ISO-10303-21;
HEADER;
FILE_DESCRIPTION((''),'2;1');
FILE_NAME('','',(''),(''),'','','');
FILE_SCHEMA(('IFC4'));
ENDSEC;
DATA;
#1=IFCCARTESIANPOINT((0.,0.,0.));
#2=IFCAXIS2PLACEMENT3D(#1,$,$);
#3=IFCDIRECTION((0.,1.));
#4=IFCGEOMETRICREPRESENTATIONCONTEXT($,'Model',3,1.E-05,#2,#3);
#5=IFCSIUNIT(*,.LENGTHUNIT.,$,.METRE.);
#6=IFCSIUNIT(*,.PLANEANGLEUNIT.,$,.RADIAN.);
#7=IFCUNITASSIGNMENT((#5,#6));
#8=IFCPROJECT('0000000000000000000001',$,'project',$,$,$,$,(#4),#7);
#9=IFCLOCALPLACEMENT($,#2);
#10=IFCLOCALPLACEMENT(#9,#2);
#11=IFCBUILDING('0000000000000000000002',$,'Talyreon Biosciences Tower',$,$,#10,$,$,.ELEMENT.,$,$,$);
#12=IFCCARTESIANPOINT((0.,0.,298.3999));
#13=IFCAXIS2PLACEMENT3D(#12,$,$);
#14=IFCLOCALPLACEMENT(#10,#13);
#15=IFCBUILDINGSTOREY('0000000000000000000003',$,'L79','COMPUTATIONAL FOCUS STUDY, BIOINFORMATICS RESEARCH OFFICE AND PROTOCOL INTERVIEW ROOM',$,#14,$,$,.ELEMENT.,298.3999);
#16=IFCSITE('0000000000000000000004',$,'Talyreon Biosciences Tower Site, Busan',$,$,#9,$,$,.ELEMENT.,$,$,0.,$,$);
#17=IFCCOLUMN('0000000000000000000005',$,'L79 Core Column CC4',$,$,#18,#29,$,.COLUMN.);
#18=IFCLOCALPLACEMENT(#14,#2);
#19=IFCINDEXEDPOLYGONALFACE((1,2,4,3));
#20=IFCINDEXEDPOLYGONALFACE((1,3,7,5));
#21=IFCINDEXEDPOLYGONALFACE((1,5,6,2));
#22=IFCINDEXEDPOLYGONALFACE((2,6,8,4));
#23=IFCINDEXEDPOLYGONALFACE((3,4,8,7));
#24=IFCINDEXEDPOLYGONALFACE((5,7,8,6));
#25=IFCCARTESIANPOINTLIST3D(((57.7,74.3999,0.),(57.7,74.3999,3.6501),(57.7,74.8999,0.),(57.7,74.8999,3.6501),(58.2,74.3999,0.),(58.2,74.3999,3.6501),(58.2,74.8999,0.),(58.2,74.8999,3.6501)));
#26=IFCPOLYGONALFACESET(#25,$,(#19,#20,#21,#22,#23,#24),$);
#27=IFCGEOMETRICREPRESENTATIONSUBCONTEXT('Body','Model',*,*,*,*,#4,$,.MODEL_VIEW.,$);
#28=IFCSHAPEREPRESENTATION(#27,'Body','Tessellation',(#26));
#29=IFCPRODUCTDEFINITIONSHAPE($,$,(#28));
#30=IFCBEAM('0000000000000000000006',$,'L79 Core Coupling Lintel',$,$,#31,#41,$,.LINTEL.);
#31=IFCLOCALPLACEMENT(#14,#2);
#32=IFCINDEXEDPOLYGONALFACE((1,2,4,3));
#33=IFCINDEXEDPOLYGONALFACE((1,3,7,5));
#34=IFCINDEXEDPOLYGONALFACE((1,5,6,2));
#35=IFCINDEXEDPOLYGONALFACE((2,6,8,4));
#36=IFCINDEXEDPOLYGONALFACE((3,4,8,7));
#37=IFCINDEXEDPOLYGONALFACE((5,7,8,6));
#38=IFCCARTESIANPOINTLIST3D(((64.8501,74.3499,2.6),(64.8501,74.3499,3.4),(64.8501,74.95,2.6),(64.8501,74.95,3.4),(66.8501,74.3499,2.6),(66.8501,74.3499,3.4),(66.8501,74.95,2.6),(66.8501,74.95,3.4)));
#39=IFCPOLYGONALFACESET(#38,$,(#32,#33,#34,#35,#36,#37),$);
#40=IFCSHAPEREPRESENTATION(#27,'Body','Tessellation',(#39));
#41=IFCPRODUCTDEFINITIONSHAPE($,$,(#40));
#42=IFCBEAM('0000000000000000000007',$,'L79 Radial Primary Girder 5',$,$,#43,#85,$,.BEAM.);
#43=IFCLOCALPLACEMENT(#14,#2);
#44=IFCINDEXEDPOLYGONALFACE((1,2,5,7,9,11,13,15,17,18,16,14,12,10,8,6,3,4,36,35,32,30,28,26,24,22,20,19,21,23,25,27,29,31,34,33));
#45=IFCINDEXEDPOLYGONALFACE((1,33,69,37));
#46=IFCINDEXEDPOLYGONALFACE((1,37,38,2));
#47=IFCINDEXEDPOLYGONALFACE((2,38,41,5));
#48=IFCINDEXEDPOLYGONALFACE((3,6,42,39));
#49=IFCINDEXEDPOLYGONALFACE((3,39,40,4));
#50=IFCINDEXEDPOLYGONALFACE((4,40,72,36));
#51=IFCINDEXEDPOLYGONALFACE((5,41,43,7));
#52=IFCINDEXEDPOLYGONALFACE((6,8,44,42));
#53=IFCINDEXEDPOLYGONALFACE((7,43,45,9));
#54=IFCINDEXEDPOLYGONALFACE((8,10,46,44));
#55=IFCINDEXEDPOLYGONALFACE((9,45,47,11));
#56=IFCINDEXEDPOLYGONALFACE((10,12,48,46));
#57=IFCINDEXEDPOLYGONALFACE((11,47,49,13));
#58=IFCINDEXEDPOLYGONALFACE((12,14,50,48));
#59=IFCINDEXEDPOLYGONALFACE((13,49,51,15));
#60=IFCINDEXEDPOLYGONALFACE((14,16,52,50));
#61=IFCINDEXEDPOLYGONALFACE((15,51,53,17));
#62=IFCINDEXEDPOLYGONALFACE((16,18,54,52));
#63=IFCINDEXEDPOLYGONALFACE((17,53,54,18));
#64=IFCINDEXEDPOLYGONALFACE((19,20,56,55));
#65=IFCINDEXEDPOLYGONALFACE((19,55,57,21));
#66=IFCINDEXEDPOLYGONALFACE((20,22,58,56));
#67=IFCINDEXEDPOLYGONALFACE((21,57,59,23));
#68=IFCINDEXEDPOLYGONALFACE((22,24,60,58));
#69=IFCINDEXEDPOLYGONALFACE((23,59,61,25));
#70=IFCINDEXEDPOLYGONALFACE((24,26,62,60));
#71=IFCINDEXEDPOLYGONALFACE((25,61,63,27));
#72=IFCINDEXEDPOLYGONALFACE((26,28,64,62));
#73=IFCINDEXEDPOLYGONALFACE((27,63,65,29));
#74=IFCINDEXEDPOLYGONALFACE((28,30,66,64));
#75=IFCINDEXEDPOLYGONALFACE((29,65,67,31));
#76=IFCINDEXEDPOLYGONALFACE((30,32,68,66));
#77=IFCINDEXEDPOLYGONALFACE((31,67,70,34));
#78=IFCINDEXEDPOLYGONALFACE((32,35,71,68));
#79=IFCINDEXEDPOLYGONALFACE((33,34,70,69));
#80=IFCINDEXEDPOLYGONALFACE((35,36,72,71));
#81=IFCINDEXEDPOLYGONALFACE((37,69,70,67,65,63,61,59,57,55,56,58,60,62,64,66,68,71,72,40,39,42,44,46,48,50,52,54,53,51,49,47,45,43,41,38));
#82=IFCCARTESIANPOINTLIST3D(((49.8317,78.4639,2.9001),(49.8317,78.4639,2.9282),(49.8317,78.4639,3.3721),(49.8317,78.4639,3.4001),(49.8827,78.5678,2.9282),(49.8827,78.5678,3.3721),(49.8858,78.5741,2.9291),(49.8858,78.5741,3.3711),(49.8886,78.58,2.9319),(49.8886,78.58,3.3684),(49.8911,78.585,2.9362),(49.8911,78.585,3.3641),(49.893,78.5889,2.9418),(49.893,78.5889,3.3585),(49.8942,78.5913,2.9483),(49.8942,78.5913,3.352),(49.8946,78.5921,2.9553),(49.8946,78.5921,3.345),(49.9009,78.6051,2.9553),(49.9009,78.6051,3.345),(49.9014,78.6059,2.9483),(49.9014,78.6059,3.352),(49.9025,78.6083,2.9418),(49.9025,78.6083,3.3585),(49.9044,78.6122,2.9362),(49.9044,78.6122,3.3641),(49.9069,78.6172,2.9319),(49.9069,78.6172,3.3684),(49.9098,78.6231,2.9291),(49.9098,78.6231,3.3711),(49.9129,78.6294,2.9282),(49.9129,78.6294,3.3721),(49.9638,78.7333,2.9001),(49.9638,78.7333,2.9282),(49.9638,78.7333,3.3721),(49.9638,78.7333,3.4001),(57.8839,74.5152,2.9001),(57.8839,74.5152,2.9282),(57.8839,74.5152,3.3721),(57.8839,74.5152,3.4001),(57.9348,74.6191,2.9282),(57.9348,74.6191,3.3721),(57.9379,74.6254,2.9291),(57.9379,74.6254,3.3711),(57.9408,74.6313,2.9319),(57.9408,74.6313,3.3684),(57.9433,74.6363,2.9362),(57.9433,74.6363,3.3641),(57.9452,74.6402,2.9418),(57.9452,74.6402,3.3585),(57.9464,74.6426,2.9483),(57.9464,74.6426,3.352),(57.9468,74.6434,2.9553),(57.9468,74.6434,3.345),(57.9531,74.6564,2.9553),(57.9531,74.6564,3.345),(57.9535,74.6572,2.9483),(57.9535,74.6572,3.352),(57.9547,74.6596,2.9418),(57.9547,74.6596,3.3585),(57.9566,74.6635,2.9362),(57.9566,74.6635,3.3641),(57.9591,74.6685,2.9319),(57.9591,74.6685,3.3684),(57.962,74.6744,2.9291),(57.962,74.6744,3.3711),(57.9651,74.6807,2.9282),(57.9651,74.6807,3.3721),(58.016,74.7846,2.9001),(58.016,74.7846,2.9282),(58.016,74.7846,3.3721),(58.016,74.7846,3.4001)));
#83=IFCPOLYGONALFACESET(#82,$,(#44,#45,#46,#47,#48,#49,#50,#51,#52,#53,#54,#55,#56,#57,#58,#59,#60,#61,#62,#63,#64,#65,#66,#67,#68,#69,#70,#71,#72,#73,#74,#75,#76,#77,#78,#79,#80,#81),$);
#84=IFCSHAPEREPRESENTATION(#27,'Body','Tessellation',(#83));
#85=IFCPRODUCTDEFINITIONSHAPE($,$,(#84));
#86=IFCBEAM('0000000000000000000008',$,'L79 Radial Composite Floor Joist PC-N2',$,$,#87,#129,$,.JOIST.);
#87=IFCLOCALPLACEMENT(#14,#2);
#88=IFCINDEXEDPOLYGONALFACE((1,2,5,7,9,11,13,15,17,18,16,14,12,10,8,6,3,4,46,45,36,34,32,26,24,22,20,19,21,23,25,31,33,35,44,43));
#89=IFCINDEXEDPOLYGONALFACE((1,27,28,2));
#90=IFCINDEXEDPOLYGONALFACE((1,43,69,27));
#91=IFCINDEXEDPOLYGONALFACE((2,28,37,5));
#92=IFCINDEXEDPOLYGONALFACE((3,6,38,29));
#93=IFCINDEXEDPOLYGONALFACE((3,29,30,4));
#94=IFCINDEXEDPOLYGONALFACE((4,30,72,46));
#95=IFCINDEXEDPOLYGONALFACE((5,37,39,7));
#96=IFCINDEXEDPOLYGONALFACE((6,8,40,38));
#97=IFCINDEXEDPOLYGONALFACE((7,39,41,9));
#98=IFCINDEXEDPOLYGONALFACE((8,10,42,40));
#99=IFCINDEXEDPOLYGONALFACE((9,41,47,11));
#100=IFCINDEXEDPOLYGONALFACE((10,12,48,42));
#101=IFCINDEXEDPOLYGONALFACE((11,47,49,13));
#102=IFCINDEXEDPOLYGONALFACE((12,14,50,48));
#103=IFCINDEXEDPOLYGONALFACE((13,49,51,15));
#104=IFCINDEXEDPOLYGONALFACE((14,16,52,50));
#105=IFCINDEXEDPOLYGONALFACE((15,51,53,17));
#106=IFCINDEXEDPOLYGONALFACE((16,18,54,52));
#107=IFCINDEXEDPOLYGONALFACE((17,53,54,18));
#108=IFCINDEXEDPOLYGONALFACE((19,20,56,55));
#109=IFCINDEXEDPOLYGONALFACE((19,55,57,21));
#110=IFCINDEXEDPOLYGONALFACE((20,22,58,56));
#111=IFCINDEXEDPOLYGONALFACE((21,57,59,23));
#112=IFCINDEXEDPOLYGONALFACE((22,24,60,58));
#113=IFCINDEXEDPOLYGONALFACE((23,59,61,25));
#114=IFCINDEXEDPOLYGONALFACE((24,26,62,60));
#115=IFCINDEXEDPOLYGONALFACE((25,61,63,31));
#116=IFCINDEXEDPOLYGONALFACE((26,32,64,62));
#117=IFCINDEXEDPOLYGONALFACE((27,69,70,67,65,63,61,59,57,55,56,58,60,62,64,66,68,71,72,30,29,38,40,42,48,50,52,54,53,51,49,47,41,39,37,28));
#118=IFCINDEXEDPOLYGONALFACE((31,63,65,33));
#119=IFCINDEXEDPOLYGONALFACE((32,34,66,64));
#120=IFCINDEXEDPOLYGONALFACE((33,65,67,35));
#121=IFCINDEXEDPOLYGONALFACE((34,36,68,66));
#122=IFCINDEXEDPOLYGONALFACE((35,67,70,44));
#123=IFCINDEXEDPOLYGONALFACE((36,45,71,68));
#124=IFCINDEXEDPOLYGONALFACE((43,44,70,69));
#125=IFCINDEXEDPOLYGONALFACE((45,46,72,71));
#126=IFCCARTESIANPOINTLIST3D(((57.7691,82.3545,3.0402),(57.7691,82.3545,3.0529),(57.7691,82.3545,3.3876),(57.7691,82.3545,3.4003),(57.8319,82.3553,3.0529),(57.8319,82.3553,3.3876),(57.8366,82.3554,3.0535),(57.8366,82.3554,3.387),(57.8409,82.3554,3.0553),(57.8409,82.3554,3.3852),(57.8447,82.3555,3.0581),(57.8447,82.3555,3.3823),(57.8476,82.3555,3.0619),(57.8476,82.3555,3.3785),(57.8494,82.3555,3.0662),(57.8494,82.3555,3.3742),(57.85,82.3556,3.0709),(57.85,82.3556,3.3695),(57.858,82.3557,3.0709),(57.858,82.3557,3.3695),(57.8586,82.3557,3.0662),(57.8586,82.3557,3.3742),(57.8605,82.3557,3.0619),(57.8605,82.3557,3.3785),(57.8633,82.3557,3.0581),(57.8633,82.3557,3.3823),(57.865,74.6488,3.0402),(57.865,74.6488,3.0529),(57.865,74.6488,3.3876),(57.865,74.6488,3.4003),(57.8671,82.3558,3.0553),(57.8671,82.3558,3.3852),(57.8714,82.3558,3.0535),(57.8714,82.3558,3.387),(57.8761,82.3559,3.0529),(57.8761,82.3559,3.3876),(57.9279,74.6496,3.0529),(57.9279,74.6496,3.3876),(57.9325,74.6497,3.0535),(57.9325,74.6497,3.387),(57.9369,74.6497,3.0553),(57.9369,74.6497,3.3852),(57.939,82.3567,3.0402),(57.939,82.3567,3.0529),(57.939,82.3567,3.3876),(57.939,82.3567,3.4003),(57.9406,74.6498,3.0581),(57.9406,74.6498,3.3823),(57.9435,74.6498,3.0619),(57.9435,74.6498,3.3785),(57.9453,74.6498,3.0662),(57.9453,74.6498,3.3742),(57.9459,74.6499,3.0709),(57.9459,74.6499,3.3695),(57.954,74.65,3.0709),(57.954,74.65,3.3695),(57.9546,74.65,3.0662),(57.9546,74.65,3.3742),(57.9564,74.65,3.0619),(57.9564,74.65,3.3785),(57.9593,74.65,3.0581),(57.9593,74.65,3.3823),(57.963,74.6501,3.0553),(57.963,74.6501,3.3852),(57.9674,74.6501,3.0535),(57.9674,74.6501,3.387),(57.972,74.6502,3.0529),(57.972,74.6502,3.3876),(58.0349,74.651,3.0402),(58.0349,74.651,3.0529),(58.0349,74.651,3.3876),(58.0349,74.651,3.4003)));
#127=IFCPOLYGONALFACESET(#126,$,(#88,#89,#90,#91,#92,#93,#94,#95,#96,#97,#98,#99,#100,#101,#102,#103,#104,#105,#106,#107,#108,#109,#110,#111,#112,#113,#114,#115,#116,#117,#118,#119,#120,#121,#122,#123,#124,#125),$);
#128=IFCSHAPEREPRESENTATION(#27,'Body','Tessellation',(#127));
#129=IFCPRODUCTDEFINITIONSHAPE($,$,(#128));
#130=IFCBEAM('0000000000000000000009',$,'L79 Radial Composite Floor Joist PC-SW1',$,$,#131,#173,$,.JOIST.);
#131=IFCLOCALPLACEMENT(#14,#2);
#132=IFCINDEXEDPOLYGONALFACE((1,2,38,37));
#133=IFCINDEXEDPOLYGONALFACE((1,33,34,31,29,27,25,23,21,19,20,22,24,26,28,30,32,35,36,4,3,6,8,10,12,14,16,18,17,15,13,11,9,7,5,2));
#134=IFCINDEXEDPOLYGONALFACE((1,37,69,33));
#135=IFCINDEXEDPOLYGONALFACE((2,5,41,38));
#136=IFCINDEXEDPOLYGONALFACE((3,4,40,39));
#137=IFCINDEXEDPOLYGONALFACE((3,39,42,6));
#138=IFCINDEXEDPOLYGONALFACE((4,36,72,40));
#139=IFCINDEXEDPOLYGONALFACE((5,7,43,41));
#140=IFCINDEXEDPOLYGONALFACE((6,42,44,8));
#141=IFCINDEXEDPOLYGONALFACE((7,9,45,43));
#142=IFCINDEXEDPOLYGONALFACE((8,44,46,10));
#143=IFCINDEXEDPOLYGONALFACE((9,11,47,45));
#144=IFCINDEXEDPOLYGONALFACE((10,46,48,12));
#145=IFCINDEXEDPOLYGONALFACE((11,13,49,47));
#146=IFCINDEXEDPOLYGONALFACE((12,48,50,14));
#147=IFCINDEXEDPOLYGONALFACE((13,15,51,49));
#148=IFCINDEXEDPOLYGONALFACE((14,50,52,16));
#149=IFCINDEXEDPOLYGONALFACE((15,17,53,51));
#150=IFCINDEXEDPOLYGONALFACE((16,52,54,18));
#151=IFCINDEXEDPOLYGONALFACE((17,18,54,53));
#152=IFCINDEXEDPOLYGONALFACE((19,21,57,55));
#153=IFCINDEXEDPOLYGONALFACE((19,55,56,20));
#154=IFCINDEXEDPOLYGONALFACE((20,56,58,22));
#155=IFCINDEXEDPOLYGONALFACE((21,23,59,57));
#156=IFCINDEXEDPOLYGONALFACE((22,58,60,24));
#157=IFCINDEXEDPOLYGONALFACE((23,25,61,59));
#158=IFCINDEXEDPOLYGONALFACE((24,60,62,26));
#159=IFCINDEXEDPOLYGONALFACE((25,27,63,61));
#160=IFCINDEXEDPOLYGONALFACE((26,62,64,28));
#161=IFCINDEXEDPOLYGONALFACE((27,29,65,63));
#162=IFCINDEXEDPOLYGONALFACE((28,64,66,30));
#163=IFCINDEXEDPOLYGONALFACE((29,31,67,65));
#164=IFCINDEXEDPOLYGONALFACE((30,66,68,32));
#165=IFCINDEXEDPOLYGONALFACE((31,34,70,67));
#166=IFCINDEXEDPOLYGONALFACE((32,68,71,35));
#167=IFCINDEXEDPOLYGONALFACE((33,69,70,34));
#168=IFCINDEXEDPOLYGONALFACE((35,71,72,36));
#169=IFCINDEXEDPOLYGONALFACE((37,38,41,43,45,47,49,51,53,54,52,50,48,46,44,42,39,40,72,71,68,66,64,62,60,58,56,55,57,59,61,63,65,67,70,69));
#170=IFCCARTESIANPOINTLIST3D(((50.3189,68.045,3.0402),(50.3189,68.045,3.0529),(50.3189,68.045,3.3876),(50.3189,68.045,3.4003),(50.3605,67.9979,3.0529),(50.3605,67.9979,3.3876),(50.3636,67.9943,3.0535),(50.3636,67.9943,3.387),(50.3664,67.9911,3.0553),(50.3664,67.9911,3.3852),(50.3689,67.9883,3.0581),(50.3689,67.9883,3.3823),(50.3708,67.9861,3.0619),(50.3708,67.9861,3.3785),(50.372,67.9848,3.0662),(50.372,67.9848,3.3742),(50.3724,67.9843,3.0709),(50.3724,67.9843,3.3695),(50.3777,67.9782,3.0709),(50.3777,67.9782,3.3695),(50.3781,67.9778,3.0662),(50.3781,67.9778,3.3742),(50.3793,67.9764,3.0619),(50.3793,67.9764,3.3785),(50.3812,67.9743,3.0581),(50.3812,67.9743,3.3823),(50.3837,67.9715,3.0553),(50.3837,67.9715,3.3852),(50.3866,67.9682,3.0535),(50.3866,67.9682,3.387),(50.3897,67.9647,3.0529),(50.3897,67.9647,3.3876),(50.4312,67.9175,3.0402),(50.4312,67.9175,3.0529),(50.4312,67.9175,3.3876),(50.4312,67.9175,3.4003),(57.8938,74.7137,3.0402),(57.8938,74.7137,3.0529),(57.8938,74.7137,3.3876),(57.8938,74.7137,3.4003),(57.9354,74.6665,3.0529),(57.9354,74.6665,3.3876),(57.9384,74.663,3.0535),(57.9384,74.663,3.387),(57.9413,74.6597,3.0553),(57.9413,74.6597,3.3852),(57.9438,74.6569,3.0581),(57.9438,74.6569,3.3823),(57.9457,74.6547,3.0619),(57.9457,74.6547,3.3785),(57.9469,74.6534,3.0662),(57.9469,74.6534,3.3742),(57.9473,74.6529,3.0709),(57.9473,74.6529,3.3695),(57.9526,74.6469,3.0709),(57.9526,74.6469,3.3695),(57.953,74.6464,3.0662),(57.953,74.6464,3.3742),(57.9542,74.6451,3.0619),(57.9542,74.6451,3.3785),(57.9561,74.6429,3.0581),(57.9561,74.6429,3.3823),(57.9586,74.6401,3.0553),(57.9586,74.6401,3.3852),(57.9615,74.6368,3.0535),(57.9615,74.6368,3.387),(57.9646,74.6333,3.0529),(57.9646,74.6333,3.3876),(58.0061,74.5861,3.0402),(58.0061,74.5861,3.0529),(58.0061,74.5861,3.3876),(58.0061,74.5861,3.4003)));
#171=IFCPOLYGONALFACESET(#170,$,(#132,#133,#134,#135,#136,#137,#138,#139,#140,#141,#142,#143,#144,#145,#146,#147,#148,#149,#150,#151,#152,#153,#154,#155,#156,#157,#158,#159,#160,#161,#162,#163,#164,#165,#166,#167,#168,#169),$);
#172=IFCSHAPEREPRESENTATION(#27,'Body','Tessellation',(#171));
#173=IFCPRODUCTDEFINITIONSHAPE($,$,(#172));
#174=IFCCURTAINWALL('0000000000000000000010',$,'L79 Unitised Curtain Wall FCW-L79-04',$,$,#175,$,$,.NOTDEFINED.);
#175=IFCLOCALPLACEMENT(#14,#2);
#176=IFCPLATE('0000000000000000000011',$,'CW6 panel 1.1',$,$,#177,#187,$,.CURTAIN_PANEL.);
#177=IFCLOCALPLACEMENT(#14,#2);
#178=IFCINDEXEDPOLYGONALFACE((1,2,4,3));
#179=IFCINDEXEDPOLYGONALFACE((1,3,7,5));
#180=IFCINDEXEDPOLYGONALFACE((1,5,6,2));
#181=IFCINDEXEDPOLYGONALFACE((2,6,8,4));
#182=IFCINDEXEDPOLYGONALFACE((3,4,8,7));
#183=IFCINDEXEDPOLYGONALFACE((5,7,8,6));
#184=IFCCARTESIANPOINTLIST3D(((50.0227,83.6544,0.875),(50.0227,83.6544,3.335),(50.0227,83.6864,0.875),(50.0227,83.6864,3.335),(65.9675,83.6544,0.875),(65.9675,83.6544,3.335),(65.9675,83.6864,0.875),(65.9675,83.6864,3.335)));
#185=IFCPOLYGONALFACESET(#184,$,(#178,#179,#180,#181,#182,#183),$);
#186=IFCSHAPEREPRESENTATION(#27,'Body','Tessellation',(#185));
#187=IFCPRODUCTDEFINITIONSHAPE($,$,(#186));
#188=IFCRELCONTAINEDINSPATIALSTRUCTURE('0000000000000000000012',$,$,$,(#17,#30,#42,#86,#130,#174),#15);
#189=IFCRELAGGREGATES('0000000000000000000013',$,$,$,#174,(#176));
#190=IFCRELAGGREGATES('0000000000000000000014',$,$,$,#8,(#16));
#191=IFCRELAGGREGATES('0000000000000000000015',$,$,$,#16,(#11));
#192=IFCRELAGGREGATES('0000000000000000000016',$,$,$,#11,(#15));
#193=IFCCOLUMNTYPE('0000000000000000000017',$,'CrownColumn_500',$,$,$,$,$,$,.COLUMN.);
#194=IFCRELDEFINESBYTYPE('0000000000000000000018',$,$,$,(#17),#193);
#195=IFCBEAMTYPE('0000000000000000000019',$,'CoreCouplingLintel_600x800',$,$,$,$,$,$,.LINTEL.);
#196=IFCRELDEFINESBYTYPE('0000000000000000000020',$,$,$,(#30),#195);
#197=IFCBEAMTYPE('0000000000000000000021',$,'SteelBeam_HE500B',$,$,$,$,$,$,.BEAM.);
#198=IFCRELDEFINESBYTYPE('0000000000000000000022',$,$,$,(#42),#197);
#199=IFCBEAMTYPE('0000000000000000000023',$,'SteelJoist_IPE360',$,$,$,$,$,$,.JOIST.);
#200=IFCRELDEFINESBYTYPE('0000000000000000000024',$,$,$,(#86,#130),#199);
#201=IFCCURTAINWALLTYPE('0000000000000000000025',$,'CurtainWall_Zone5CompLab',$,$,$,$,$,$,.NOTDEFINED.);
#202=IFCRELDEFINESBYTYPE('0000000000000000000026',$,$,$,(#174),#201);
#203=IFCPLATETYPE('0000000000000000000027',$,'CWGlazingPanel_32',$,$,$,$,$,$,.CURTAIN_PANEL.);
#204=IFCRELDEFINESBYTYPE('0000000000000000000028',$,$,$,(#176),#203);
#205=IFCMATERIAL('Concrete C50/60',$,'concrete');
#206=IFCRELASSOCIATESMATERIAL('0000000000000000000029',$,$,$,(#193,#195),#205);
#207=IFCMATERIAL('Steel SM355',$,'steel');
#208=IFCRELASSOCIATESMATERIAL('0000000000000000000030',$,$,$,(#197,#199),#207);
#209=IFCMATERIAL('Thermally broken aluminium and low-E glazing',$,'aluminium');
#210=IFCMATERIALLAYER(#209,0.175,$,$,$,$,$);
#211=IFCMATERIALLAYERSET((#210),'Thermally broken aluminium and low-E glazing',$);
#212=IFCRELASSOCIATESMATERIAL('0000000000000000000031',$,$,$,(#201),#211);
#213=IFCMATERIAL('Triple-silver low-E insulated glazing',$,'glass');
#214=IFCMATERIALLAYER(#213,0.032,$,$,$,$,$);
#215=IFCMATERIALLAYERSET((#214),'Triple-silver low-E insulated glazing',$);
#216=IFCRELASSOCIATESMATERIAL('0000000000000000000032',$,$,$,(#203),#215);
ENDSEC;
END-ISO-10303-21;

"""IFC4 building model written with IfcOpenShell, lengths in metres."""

from ifc_helpers import new_model, si_unit, direction, frame, origin, origin_2d, place, context, subcontext, project, spatial, rectangle, i_section, extrude, material, layer, layer_set, material_profile, profile_set, type_object, element, aggregate, save


model = new_model("IFC4")

# Units and contexts
model_context = context("Model", 3, precision=1e-05, world=origin(), true_north=direction((0.0, 1.0)))
body_context = subcontext(model_context, "Body", "Model", "MODEL_VIEW")
ifc_project = project(units=[si_unit("LENGTHUNIT", "METRE"), si_unit("PLANEANGLEUNIT", "RADIAN")], contexts=[model_context])

# Site, building, storey
site_placement = place(None, origin())
site = spatial("IfcSite", under=ifc_project, at=site_placement, Name="Talyreon Biosciences Tower Site, Busan", CompositionType="ELEMENT", RefElevation=0.0)
building_placement = place(site_placement, origin())
building = spatial("IfcBuilding", under=site, at=building_placement, Name="Talyreon Biosciences Tower", CompositionType="ELEMENT")
storey_placement = place(building_placement, frame((0.0, 0.0, 298.3999)))
storey = spatial("IfcBuildingStorey", under=building, at=storey_placement, Name="L79", Description="COMPUTATIONAL FOCUS STUDY, BIOINFORMATICS RESEARCH OFFICE AND PROTOCOL INTERVIEW ROOM", CompositionType="ELEMENT", Elevation=298.3999)

# Column
ifc_material_1 = material(Name="Concrete C50/60", Category="concrete")
ifc_material_profile_1 = material_profile(ifc_material_1, rectangle(XDim=0.5, YDim=0.5, at=origin_2d()), Name="RC 500x500")
ifc_profile_set_1 = profile_set([ifc_material_profile_1], Name="Concrete C50/60")
column_type = type_object("IfcColumnType", Name="CrownColumn_500", PredefinedType="COLUMN", material=ifc_profile_set_1)
column_placement = place(storey_placement, frame((57.95, 74.6499, 0.0), z_axis=(0.0, 0.0, 1.0), x_axis=(1.0, 0.0, 0.0)))
element("IfcColumn", 1, at=column_placement, inside=storey, type_object=column_type, Name="L79 Core Column CC4", PredefinedType="COLUMN", context=body_context, shape_type="SweptSolid", body=[
    extrude(rectangle(XDim=0.5, YDim=0.5, at=origin_2d()), origin(), (0.0, 0.0, 1.0), 3.6501),
])

# Beams
ifc_material_profile_2 = material_profile(ifc_material_1, rectangle(XDim=0.6001, YDim=0.8, at=origin_2d()), Name="RCB 600x800")
ifc_profile_set_2 = profile_set([ifc_material_profile_2], Name="Concrete C50/60")
beam_type_1 = type_object("IfcBeamType", Name="CoreCouplingLintel_600x800", PredefinedType="LINTEL", material=ifc_profile_set_2)
beam_1_placement = place(storey_placement, frame((64.8501, 74.6499, 3.0), z_axis=(1.0, 0.0, 0.0), x_axis=(0.0, 1.0, 0.0)))
element("IfcBeam", 2, at=beam_1_placement, inside=storey, type_object=beam_type_1, Name="L79 Core Coupling Lintel", PredefinedType="LINTEL", context=body_context, shape_type="SweptSolid", body=[
    extrude(rectangle(XDim=0.6001, YDim=0.8, at=origin_2d()), origin(), (0.0, 0.0, 1.0), 2.0),
])
ifc_material_2 = material(Name="Steel SM355", Category="steel")
ifc_material_profile_3 = material_profile(ifc_material_2, i_section(OverallWidth=0.3, OverallDepth=0.5, WebThickness=0.0144, FlangeThickness=0.0281, FilletRadius=0.0271, at=origin_2d()), Name="HE500B")
ifc_profile_set_3 = profile_set([ifc_material_profile_3], Name="Steel SM355")
beam_type_2 = type_object("IfcBeamType", Name="SteelBeam_HE500B", PredefinedType="BEAM", material=ifc_profile_set_3)
beam_2_placement = place(storey_placement, frame((57.95, 74.6499, 3.1501), z_axis=(-0.897852, 0.440297, 0.0), x_axis=(-0.440297, -0.897852, 0.0)))
element("IfcBeam", 3, at=beam_2_placement, inside=storey, type_object=beam_type_2, Name="L79 Radial Primary Girder 5", PredefinedType="BEAM", context=body_context, shape_type="SweptSolid", body=[
    extrude(i_section(OverallWidth=0.3, OverallDepth=0.5, WebThickness=0.0144, FlangeThickness=0.0281, FilletRadius=0.0271, at=origin_2d()), origin(), (0.0, 0.0, 1.0), 8.9683),
])
ifc_material_profile_4 = material_profile(ifc_material_2, i_section(OverallWidth=0.1699, OverallDepth=0.3601, WebThickness=0.0081, FlangeThickness=0.0127, FilletRadius=0.0181, at=origin_2d()), Name="IPE360")
ifc_profile_set_4 = profile_set([ifc_material_profile_4], Name="Steel SM355")
beam_type_3 = type_object("IfcBeamType", Name="SteelJoist_IPE360", PredefinedType="JOIST", material=ifc_profile_set_4)
beam_3_placement = place(storey_placement, frame((57.95, 74.6499, 3.2202), z_axis=(-0.01245, 0.999922, 0.0), x_axis=(-0.999922, -0.01245, 0.0)))
element("IfcBeam", 4, at=beam_3_placement, inside=storey, type_object=beam_type_3, Name="L79 Radial Composite Floor Joist PC-N2", PredefinedType="JOIST", context=body_context, shape_type="SweptSolid", body=[
    extrude(i_section(OverallWidth=0.1699, OverallDepth=0.3601, WebThickness=0.0081, FlangeThickness=0.0127, FilletRadius=0.0181, at=origin_2d()), origin(), (0.0, 0.0, 1.0), 7.7063),
])
beam_4_placement = place(storey_placement, frame((57.95, 74.6499, 3.2202), z_axis=(-0.750579, -0.660781, 0.0), x_axis=(0.660781, -0.750579, 0.0)))
element("IfcBeam", 5, at=beam_4_placement, inside=storey, type_object=beam_type_3, Name="L79 Radial Composite Floor Joist PC-SW1", PredefinedType="JOIST", context=body_context, shape_type="SweptSolid", body=[
    extrude(i_section(OverallWidth=0.1699, OverallDepth=0.3601, WebThickness=0.0081, FlangeThickness=0.0127, FilletRadius=0.0181, at=origin_2d()), origin(), (0.0, 0.0, 1.0), 10.092),
])

# Curtain wall, plate
ifc_material_3 = material(Name="Thermally broken aluminium and low-E glazing", Category="aluminium")
ifc_layer_1 = layer(ifc_material_3, 0.175)
ifc_layer_set_1 = layer_set([ifc_layer_1], Name="Thermally broken aluminium and low-E glazing")
curtain_wall_type = type_object("IfcCurtainWallType", Name="CurtainWall_Zone5CompLab", PredefinedType="NOTDEFINED", material=ifc_layer_set_1)
curtain_wall_placement = place(storey_placement, origin())
curtain_wall = element("IfcCurtainWall", 6, at=curtain_wall_placement, inside=storey, type_object=curtain_wall_type, Name="L79 Unitised Curtain Wall FCW-L79-04", PredefinedType="NOTDEFINED")
ifc_material_4 = material(Name="Triple-silver low-E insulated glazing", Category="glass")
ifc_layer_2 = layer(ifc_material_4, 0.032)
ifc_layer_set_2 = layer_set([ifc_layer_2], Name="Triple-silver low-E insulated glazing")
plate_type = type_object("IfcPlateType", Name="CWGlazingPanel_32", PredefinedType="CURTAIN_PANEL", material=ifc_layer_set_2)
plate_placement = place(storey_placement, frame((57.9951, 83.6704, 0.875), z_axis=(0.0, 0.0, 1.0), x_axis=(1.0, 0.0, 0.0)))
plate = element("IfcPlate", 7, at=plate_placement, type_object=plate_type, Name="CW6 panel 1.1", PredefinedType="CURTAIN_PANEL", context=body_context, shape_type="SweptSolid", body=[
    extrude(rectangle(XDim=15.9448, YDim=0.032, at=origin_2d()), origin(), (0.0, 0.0, 1.0), 2.46),
])
aggregate(curtain_wall, [plate])

save(model, "model.ifc")
